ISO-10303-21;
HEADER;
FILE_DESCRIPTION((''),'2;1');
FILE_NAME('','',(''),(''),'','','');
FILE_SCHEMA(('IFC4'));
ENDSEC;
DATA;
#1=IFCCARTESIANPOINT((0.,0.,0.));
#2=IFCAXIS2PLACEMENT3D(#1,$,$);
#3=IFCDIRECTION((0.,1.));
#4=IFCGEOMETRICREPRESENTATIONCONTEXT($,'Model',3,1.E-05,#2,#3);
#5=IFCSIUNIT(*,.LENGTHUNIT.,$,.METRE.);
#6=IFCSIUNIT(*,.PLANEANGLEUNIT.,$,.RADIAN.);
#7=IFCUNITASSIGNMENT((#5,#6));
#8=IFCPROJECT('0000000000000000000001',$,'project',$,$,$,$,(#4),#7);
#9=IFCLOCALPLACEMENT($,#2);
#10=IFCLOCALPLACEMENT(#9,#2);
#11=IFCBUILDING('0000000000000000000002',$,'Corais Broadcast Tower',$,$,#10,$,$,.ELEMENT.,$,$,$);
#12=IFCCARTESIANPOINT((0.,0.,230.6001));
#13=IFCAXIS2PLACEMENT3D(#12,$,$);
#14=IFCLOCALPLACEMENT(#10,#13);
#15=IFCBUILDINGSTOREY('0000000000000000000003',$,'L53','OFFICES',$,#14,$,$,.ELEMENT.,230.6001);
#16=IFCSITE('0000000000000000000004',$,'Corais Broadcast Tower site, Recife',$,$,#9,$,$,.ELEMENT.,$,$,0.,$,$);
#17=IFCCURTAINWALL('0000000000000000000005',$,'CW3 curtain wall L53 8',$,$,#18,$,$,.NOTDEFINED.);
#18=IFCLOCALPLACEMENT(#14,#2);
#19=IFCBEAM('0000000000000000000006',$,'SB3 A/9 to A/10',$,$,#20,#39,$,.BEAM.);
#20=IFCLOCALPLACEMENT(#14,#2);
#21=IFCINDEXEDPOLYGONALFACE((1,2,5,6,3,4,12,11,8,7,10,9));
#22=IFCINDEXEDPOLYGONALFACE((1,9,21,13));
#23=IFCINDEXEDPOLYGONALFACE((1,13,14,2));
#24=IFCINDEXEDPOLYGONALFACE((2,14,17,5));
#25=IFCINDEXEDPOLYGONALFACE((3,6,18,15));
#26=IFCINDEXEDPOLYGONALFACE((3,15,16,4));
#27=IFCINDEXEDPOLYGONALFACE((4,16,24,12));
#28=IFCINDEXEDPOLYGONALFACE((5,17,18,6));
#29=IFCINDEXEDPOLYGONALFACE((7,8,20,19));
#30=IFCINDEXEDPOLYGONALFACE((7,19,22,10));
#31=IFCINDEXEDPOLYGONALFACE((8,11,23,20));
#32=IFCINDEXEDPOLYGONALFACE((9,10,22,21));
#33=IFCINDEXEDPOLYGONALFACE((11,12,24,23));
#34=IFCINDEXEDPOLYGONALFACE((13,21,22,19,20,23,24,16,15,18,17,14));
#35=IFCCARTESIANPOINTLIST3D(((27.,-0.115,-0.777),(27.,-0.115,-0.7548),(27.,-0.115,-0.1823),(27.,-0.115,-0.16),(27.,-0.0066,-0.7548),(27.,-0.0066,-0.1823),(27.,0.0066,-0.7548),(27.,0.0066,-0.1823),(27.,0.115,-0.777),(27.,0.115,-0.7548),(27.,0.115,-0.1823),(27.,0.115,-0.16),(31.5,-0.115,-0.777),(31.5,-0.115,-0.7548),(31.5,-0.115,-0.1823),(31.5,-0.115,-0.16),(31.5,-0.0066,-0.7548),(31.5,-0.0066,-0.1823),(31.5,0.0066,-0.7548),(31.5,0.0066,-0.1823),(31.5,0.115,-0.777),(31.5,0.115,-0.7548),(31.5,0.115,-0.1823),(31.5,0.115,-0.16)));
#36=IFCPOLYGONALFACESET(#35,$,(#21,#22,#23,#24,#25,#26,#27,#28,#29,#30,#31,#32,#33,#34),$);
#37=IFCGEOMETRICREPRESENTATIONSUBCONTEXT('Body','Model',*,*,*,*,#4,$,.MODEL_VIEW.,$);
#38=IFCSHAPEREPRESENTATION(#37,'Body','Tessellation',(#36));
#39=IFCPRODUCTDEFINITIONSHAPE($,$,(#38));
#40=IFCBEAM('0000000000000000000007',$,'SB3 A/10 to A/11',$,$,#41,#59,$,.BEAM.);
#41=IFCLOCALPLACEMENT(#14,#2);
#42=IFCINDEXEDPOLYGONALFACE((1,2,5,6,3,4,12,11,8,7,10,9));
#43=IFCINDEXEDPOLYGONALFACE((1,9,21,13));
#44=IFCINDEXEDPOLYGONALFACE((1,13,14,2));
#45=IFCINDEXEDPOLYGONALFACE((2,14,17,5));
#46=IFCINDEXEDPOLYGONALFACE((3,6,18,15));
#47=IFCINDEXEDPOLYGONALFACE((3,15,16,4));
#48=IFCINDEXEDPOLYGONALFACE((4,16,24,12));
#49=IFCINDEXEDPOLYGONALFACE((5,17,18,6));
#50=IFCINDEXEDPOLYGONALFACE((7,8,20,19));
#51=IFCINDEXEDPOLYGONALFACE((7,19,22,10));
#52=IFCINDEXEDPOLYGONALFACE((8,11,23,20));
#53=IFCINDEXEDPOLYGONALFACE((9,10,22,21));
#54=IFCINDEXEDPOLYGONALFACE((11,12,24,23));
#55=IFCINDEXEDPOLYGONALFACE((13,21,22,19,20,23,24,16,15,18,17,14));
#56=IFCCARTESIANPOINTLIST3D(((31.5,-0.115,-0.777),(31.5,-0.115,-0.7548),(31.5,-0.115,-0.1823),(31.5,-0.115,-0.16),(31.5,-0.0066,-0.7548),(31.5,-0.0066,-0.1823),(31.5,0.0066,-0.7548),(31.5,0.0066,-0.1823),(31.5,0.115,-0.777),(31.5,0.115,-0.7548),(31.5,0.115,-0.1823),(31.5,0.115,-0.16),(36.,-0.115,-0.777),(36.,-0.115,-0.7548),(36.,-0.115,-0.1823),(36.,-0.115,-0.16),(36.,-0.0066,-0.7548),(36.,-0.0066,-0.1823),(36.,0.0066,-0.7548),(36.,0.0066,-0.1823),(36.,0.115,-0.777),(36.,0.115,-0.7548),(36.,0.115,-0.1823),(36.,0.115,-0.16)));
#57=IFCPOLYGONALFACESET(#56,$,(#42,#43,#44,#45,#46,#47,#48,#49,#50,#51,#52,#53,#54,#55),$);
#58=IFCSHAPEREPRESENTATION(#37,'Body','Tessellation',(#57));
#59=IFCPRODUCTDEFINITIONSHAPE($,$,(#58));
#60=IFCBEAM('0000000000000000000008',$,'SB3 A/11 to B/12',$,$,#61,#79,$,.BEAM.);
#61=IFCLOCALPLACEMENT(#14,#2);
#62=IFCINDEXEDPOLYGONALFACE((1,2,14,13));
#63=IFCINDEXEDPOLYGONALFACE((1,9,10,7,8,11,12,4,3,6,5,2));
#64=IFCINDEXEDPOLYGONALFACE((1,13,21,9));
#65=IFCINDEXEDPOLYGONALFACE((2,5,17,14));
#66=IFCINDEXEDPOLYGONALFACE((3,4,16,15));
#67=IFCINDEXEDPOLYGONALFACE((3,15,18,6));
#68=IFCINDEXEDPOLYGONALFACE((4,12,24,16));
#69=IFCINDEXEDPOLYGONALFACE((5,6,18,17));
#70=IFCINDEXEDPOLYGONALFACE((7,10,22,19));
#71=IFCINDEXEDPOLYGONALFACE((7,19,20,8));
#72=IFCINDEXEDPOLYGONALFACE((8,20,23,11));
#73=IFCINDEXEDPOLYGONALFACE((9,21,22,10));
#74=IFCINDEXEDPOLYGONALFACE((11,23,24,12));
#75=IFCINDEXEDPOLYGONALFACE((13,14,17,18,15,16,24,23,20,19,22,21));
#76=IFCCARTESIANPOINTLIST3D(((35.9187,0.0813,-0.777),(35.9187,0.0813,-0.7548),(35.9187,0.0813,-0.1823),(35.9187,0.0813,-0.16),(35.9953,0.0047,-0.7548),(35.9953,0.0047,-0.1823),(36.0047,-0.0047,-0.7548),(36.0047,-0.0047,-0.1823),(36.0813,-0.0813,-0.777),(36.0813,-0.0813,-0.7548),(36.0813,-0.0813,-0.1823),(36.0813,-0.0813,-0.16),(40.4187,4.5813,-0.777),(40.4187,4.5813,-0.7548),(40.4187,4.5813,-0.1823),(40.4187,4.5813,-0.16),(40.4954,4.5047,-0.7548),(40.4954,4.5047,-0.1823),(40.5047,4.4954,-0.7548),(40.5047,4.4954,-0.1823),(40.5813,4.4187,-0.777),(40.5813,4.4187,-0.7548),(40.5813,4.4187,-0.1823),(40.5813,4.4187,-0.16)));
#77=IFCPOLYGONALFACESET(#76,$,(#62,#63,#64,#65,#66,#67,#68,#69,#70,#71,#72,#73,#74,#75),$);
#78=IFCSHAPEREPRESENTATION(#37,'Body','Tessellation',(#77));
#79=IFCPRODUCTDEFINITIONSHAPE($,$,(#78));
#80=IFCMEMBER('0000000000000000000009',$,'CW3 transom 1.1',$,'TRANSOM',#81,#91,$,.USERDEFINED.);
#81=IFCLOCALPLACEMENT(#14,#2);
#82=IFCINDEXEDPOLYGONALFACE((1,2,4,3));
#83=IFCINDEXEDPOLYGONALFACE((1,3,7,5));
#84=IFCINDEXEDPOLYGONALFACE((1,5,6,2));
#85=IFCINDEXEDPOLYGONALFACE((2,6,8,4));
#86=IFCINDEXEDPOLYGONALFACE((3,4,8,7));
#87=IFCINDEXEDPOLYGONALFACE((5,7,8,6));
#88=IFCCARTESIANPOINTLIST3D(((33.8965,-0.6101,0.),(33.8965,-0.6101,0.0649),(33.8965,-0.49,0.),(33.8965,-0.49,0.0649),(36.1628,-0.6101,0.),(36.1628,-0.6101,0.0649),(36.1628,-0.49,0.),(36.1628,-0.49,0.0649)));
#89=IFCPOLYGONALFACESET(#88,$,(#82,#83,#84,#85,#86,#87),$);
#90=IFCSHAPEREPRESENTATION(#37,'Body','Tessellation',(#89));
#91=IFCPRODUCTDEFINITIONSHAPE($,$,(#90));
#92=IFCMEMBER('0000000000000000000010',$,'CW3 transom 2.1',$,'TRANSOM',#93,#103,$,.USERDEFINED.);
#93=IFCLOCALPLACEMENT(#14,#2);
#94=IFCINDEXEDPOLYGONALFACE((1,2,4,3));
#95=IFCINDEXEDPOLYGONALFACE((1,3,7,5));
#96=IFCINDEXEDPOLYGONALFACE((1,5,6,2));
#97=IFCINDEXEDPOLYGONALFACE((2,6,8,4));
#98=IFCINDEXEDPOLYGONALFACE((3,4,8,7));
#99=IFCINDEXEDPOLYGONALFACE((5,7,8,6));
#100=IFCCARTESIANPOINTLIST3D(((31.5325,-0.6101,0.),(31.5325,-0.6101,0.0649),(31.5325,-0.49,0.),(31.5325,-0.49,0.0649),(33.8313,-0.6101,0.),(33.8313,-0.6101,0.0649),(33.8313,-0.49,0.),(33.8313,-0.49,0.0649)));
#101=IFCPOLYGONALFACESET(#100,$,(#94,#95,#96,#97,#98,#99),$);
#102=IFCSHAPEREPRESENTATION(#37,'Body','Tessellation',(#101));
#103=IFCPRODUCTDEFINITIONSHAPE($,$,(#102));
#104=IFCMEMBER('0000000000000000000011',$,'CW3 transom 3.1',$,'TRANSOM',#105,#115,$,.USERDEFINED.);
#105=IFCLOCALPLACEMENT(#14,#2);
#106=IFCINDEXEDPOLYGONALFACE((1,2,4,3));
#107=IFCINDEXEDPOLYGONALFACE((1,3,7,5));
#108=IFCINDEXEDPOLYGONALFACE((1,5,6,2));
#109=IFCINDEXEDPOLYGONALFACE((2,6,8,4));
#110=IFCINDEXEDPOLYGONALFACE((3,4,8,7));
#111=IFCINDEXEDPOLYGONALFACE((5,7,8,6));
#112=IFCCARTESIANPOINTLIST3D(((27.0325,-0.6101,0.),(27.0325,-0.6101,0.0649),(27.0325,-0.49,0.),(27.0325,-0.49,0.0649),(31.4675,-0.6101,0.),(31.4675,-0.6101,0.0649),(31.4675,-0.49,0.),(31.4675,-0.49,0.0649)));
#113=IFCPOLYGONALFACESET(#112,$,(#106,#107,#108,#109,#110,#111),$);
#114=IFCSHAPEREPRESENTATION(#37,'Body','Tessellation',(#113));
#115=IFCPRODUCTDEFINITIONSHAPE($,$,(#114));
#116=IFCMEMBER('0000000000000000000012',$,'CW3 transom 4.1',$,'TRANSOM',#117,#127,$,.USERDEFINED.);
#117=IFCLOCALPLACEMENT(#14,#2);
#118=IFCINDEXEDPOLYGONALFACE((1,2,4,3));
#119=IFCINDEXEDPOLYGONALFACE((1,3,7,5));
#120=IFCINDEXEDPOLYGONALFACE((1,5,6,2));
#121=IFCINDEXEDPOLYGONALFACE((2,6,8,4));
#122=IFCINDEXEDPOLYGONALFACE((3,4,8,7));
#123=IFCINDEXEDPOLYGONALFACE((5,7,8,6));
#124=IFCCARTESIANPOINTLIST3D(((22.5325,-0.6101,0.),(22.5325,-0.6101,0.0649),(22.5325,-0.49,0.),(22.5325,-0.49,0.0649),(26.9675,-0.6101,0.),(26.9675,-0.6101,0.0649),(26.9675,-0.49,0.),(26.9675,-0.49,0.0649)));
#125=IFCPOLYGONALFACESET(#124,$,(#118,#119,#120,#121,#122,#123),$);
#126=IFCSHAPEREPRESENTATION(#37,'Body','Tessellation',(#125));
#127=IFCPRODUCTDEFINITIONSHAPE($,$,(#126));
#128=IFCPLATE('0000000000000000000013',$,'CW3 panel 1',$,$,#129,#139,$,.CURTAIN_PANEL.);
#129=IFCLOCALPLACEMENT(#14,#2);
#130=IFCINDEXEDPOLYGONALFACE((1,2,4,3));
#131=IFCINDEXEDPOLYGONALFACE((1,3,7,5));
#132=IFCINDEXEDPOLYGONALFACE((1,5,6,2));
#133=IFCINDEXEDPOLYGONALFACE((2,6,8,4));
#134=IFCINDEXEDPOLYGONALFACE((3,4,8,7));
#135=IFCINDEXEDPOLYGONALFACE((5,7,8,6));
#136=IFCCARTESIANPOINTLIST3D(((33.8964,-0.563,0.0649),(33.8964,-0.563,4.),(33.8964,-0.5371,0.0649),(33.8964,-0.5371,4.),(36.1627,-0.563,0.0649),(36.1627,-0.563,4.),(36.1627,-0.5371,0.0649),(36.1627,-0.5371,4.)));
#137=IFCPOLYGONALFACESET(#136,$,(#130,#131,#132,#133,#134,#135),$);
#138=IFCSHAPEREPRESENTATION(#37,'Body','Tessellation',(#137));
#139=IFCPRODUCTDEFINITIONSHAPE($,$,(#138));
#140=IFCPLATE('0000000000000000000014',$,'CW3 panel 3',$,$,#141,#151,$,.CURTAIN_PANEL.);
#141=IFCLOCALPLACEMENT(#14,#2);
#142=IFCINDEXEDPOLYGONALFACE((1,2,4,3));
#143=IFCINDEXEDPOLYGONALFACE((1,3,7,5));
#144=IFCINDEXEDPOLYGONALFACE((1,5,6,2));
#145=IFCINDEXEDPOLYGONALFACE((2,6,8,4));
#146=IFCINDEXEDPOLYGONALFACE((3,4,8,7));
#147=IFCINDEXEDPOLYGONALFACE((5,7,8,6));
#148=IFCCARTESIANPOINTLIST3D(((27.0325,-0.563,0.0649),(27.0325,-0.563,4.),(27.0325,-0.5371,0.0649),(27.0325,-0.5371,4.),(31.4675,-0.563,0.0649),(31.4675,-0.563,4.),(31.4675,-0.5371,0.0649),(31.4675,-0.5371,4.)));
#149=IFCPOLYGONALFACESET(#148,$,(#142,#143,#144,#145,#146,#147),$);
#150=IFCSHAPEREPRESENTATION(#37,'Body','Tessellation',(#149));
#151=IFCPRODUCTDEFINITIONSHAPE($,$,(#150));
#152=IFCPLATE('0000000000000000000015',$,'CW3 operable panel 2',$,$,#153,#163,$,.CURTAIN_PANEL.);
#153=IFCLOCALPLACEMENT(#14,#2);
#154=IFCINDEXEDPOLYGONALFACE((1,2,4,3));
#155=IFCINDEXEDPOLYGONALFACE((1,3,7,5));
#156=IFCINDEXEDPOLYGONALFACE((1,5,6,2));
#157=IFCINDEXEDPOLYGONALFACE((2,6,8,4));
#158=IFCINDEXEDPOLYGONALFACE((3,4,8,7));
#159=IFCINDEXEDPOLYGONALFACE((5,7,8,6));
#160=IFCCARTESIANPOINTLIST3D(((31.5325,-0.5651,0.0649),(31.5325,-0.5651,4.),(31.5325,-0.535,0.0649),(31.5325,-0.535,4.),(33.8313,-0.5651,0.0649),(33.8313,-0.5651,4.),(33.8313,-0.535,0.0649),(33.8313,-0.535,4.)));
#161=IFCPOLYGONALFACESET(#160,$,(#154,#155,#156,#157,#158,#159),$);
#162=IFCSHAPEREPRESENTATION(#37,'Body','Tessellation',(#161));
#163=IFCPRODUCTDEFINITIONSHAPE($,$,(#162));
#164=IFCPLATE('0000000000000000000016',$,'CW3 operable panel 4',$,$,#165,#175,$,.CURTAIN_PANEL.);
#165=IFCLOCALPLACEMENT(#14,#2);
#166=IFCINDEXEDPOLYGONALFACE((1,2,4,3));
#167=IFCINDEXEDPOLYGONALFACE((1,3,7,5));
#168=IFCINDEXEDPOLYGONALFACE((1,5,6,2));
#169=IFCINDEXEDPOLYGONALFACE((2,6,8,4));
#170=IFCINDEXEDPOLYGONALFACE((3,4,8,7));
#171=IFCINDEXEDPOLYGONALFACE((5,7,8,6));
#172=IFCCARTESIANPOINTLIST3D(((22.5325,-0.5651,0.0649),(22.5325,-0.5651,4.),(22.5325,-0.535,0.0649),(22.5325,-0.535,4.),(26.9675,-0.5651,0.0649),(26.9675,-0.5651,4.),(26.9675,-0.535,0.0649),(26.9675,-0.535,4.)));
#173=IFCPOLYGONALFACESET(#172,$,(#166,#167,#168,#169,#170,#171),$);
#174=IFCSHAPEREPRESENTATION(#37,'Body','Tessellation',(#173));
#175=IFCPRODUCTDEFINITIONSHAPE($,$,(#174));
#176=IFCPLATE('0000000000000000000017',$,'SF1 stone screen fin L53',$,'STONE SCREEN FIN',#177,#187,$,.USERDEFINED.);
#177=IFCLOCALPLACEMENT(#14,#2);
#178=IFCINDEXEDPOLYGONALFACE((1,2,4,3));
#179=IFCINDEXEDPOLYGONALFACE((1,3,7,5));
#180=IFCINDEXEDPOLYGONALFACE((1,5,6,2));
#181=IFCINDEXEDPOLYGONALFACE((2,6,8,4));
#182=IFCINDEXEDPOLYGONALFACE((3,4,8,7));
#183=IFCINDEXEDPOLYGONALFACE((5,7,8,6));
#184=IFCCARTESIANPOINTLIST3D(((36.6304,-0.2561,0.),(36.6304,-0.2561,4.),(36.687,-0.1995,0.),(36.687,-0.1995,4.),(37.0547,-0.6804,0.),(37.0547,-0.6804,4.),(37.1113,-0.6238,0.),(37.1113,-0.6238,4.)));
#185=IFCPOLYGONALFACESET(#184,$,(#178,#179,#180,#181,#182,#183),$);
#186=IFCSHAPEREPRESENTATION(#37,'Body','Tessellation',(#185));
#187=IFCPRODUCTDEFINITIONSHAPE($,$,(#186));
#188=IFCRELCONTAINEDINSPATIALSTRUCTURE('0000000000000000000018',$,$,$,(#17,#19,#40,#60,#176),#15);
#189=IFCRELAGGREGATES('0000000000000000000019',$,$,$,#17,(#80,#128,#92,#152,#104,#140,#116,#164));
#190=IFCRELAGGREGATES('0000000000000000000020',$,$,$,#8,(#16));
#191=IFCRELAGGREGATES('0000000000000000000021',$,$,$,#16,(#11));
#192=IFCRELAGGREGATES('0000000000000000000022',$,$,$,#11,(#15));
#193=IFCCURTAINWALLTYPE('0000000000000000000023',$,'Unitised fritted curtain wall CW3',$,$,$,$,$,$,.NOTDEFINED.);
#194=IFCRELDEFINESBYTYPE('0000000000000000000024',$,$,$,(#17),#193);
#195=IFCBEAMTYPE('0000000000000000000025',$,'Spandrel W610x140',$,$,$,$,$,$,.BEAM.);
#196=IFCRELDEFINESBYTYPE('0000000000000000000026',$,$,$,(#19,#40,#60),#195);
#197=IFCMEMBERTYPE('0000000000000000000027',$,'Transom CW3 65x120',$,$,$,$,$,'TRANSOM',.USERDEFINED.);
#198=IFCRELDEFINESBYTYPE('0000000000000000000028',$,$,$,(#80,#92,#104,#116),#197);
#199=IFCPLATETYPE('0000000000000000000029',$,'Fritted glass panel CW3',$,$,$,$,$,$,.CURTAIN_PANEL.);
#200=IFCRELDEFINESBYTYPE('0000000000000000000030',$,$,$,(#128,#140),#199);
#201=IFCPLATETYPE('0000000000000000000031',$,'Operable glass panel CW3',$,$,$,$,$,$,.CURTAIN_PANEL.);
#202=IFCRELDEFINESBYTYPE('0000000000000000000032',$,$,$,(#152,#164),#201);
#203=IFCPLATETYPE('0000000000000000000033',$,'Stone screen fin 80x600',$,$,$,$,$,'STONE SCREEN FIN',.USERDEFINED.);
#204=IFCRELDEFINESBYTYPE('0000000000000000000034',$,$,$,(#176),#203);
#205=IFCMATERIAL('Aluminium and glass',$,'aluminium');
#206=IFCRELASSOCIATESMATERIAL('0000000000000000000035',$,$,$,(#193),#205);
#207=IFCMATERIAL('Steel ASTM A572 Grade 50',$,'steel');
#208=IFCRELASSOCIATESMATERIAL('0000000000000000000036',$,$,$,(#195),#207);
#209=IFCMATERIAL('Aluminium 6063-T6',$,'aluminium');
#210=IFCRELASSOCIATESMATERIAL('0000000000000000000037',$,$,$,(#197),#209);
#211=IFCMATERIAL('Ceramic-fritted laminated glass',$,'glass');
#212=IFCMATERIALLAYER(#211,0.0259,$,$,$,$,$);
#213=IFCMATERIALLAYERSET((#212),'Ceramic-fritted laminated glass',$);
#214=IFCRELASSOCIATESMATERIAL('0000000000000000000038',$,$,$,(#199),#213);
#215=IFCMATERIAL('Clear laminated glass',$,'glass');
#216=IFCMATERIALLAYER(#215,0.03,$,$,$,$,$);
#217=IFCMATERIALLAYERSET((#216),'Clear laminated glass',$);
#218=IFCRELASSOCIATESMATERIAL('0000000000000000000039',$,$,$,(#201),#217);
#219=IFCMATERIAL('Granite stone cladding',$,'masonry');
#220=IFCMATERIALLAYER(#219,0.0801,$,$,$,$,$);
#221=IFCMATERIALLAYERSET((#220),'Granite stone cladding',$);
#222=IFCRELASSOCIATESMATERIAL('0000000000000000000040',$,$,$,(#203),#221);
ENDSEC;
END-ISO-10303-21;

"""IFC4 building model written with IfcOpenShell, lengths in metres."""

from ifc_helpers import new_model, si_unit, direction, frame, origin, origin_2d, place, context, subcontext, project, spatial, rectangle, i_section, extrude, material, layer, layer_set, material_profile, profile_set, type_object, element, aggregate, save


model = new_model("IFC4")

# Units and contexts
model_context = context("Model", 3, precision=1e-05, world=origin(), true_north=direction((0.0, 1.0)))
body_context = subcontext(model_context, "Body", "Model", "MODEL_VIEW")
ifc_project = project(units=[si_unit("LENGTHUNIT", "METRE"), si_unit("PLANEANGLEUNIT", "RADIAN")], contexts=[model_context])

# Site, building, storey
site_placement = place(None, origin())
site = spatial("IfcSite", under=ifc_project, at=site_placement, Name="Corais Broadcast Tower site, Recife", CompositionType="ELEMENT", RefElevation=0.0)
building_placement = place(site_placement, origin())
building = spatial("IfcBuilding", under=site, at=building_placement, Name="Corais Broadcast Tower", CompositionType="ELEMENT")
storey_placement = place(building_placement, frame((0.0, 0.0, 230.6001)))
storey = spatial("IfcBuildingStorey", under=building, at=storey_placement, Name="L53", Description="OFFICES", CompositionType="ELEMENT", Elevation=230.6001)

# Shared definitions
ifc_material_1 = material(Name="Aluminium and glass", Category="aluminium")
curtain_wall_type = type_object("IfcCurtainWallType", Name="Unitised fritted curtain wall CW3", PredefinedType="NOTDEFINED", material=ifc_material_1)

# Curtain wall
curtain_wall_1_placement = place(storey_placement, origin())
curtain_wall_1 = element("IfcCurtainWall", 1, at=curtain_wall_1_placement, inside=storey, type_object=curtain_wall_type, Name="CW3 curtain wall L53 8", PredefinedType="NOTDEFINED")

# Beams
ifc_material_2 = material(Name="Steel ASTM A572 Grade 50", Category="steel")
ifc_material_profile_1 = material_profile(ifc_material_2, i_section(OverallWidth=0.23, OverallDepth=0.6169, WebThickness=0.0132, FlangeThickness=0.0222, at=origin_2d()), Name="W610x140")
ifc_profile_set_1 = profile_set([ifc_material_profile_1], Name="Steel ASTM A572 Grade 50")
beam_type_1 = type_object("IfcBeamType", Name="Spandrel W610x140", PredefinedType="BEAM", material=ifc_profile_set_1)
for number, where, z_axis, x_axis, name in (
    (2, (27.0, 0.0, -0.4685), (1.0, 0.0, 0.0), (0.0, 1.0, 0.0), "SB3 A/9 to A/10"),
    (3, (31.5, 0.0, -0.4685), (1.0, 0.0, 0.0), (0.0, 1.0, 0.0), "SB3 A/10 to A/11"),
):
    element("IfcBeam", number, at=place(storey_placement, frame(where, z_axis=z_axis, x_axis=x_axis)), inside=storey, type_object=beam_type_1, Name=name, PredefinedType="BEAM", context=body_context, shape_type="SweptSolid", body=[
        extrude(i_section(OverallWidth=0.23, OverallDepth=0.6169, WebThickness=0.0132, FlangeThickness=0.0222, at=origin_2d()), origin(), (0.0, 0.0, 1.0), 4.5),
    ])
beam_placement = place(storey_placement, frame((36.0, 0.0, -0.4685), z_axis=(0.707107, 0.707107, 0.0), x_axis=(-0.707107, 0.707107, 0.0)))
element("IfcBeam", 4, at=beam_placement, inside=storey, type_object=beam_type_1, Name="SB3 A/11 to B/12", PredefinedType="BEAM", context=body_context, shape_type="SweptSolid", body=[
    extrude(i_section(OverallWidth=0.23, OverallDepth=0.6169, WebThickness=0.0132, FlangeThickness=0.0222, at=origin_2d()), origin(), (0.0, 0.0, 1.0), 6.364),
])

# Members
ifc_material_3 = material(Name="Aluminium 6063-T6", Category="aluminium")
ifc_material_profile_2 = material_profile(ifc_material_3, rectangle(XDim=0.1201, YDim=0.0649, at=origin_2d()), Name="Transom CW3 65x120")
ifc_profile_set_2 = profile_set([ifc_material_profile_2], Name="Aluminium 6063-T6")
member_type_1 = type_object("IfcMemberType", Name="Transom CW3 65x120", ElementType="TRANSOM", PredefinedType="USERDEFINED", material=ifc_profile_set_2)
member_1_placement = place(storey_placement, frame((36.1628, -0.55, 0.0325), z_axis=(-1.0, 0.0, 0.0), x_axis=(0.0, -1.0, 0.0)))
member_1 = element("IfcMember", 5, at=member_1_placement, type_object=member_type_1, Name="CW3 transom 1.1", ObjectType="TRANSOM", PredefinedType="USERDEFINED", context=body_context, shape_type="SweptSolid", body=[
    extrude(rectangle(XDim=0.1201, YDim=0.0649, at=origin_2d()), origin(), (0.0, 0.0, 1.0), 2.2664),
])
member_2_placement = place(storey_placement, frame((33.8313, -0.55, 0.0325), z_axis=(-1.0, 0.0, 0.0), x_axis=(0.0, -1.0, 0.0)))
member_2 = element("IfcMember", 6, at=member_2_placement, type_object=member_type_1, Name="CW3 transom 2.1", ObjectType="TRANSOM", PredefinedType="USERDEFINED", context=body_context, shape_type="SweptSolid", body=[
    extrude(rectangle(XDim=0.1201, YDim=0.0649, at=origin_2d()), origin(), (0.0, 0.0, 1.0), 2.2988),
])
member_3_placement = place(storey_placement, frame((31.4675, -0.55, 0.0325), z_axis=(-1.0, 0.0, 0.0), x_axis=(0.0, -1.0, 0.0)))
member_3 = element("IfcMember", 7, at=member_3_placement, type_object=member_type_1, Name="CW3 transom 3.1", ObjectType="TRANSOM", PredefinedType="USERDEFINED", context=body_context, shape_type="SweptSolid", body=[
    extrude(rectangle(XDim=0.1201, YDim=0.0649, at=origin_2d()), origin(), (0.0, 0.0, 1.0), 4.4351),
])
member_4_placement = place(storey_placement, frame((26.9675, -0.55, 0.0325), z_axis=(-1.0, 0.0, 0.0), x_axis=(0.0, -1.0, 0.0)))
member_4 = element("IfcMember", 8, at=member_4_placement, type_object=member_type_1, Name="CW3 transom 4.1", ObjectType="TRANSOM", PredefinedType="USERDEFINED", context=body_context, shape_type="SweptSolid", body=[
    extrude(rectangle(XDim=0.1201, YDim=0.0649, at=origin_2d()), origin(), (0.0, 0.0, 1.0), 4.4351),
])

# Plates
ifc_material_4 = material(Name="Ceramic-fritted laminated glass", Category="glass")
ifc_layer_1 = layer(ifc_material_4, 0.0259)
ifc_layer_set_1 = layer_set([ifc_layer_1], Name="Ceramic-fritted laminated glass")
plate_type_1 = type_object("IfcPlateType", Name="Fritted glass panel CW3", PredefinedType="CURTAIN_PANEL", material=ifc_layer_set_1)
plate_1_placement = place(storey_placement, frame((35.0295, -0.55, 0.0649), z_axis=(0.0, 0.0, 1.0), x_axis=(-1.0, 0.0, 0.0)))
plate_1 = element("IfcPlate", 9, at=plate_1_placement, type_object=plate_type_1, Name="CW3 panel 1", PredefinedType="CURTAIN_PANEL", context=body_context, shape_type="SweptSolid", body=[
    extrude(rectangle(XDim=2.2664, YDim=0.0259, at=origin_2d()), origin(), (0.0, 0.0, 1.0), 3.9351),
])
plate_2_placement = place(storey_placement, frame((29.25, -0.55, 0.0649), z_axis=(0.0, 0.0, 1.0), x_axis=(-1.0, 0.0, 0.0)))
plate_2 = element("IfcPlate", 10, at=plate_2_placement, type_object=plate_type_1, Name="CW3 panel 3", PredefinedType="CURTAIN_PANEL", context=body_context, shape_type="SweptSolid", body=[
    extrude(rectangle(XDim=4.4351, YDim=0.0259, at=origin_2d()), origin(), (0.0, 0.0, 1.0), 3.9351),
])
ifc_material_5 = material(Name="Clear laminated glass", Category="glass")
ifc_layer_2 = layer(ifc_material_5, 0.03)
ifc_layer_set_2 = layer_set([ifc_layer_2], Name="Clear laminated glass")
plate_type_2 = type_object("IfcPlateType", Name="Operable glass panel CW3", PredefinedType="CURTAIN_PANEL", material=ifc_layer_set_2)
plate_3_placement = place(storey_placement, frame((32.6819, -0.55, 0.0649), z_axis=(0.0, 0.0, 1.0), x_axis=(-1.0, 0.0, 0.0)))
plate_3 = element("IfcPlate", 11, at=plate_3_placement, type_object=plate_type_2, Name="CW3 operable panel 2", PredefinedType="CURTAIN_PANEL", context=body_context, shape_type="SweptSolid", body=[
    extrude(rectangle(XDim=2.2988, YDim=0.03, at=origin_2d()), origin(), (0.0, 0.0, 1.0), 3.9351),
])
plate_4_placement = place(storey_placement, frame((24.75, -0.55, 0.0649), z_axis=(0.0, 0.0, 1.0), x_axis=(-1.0, 0.0, 0.0)))
plate_4 = element("IfcPlate", 12, at=plate_4_placement, type_object=plate_type_2, Name="CW3 operable panel 4", PredefinedType="CURTAIN_PANEL", context=body_context, shape_type="SweptSolid", body=[
    extrude(rectangle(XDim=4.4351, YDim=0.03, at=origin_2d()), origin(), (0.0, 0.0, 1.0), 3.9351),
])
aggregate(curtain_wall_1, [member_1, plate_1, member_2, plate_3, member_3, plate_2, member_4, plate_4])
ifc_material_6 = material(Name="Granite stone cladding", Category="masonry")
ifc_layer_3 = layer(ifc_material_6, 0.0801)
ifc_layer_set_3 = layer_set([ifc_layer_3], Name="Granite stone cladding")
plate_type_3 = type_object("IfcPlateType", Name="Stone screen fin 80x600", ElementType="STONE SCREEN FIN", PredefinedType="USERDEFINED", material=ifc_layer_set_3)
plate_5_placement = place(storey_placement, frame((36.8708, -0.4399, 0.0), z_axis=(0.0, 0.0, 1.0), x_axis=(-0.707107, -0.707107, 0.0)))
element("IfcPlate", 13, at=plate_5_placement, inside=storey, type_object=plate_type_3, Name="SF1 stone screen fin L53", ObjectType="STONE SCREEN FIN", PredefinedType="USERDEFINED", context=body_context, shape_type="SweptSolid", body=[
    extrude(rectangle(XDim=0.0801, YDim=0.6001, at=origin_2d()), origin(), (0.0, 0.0, 1.0), 4.0),
])

save(model, "model.ifc")
